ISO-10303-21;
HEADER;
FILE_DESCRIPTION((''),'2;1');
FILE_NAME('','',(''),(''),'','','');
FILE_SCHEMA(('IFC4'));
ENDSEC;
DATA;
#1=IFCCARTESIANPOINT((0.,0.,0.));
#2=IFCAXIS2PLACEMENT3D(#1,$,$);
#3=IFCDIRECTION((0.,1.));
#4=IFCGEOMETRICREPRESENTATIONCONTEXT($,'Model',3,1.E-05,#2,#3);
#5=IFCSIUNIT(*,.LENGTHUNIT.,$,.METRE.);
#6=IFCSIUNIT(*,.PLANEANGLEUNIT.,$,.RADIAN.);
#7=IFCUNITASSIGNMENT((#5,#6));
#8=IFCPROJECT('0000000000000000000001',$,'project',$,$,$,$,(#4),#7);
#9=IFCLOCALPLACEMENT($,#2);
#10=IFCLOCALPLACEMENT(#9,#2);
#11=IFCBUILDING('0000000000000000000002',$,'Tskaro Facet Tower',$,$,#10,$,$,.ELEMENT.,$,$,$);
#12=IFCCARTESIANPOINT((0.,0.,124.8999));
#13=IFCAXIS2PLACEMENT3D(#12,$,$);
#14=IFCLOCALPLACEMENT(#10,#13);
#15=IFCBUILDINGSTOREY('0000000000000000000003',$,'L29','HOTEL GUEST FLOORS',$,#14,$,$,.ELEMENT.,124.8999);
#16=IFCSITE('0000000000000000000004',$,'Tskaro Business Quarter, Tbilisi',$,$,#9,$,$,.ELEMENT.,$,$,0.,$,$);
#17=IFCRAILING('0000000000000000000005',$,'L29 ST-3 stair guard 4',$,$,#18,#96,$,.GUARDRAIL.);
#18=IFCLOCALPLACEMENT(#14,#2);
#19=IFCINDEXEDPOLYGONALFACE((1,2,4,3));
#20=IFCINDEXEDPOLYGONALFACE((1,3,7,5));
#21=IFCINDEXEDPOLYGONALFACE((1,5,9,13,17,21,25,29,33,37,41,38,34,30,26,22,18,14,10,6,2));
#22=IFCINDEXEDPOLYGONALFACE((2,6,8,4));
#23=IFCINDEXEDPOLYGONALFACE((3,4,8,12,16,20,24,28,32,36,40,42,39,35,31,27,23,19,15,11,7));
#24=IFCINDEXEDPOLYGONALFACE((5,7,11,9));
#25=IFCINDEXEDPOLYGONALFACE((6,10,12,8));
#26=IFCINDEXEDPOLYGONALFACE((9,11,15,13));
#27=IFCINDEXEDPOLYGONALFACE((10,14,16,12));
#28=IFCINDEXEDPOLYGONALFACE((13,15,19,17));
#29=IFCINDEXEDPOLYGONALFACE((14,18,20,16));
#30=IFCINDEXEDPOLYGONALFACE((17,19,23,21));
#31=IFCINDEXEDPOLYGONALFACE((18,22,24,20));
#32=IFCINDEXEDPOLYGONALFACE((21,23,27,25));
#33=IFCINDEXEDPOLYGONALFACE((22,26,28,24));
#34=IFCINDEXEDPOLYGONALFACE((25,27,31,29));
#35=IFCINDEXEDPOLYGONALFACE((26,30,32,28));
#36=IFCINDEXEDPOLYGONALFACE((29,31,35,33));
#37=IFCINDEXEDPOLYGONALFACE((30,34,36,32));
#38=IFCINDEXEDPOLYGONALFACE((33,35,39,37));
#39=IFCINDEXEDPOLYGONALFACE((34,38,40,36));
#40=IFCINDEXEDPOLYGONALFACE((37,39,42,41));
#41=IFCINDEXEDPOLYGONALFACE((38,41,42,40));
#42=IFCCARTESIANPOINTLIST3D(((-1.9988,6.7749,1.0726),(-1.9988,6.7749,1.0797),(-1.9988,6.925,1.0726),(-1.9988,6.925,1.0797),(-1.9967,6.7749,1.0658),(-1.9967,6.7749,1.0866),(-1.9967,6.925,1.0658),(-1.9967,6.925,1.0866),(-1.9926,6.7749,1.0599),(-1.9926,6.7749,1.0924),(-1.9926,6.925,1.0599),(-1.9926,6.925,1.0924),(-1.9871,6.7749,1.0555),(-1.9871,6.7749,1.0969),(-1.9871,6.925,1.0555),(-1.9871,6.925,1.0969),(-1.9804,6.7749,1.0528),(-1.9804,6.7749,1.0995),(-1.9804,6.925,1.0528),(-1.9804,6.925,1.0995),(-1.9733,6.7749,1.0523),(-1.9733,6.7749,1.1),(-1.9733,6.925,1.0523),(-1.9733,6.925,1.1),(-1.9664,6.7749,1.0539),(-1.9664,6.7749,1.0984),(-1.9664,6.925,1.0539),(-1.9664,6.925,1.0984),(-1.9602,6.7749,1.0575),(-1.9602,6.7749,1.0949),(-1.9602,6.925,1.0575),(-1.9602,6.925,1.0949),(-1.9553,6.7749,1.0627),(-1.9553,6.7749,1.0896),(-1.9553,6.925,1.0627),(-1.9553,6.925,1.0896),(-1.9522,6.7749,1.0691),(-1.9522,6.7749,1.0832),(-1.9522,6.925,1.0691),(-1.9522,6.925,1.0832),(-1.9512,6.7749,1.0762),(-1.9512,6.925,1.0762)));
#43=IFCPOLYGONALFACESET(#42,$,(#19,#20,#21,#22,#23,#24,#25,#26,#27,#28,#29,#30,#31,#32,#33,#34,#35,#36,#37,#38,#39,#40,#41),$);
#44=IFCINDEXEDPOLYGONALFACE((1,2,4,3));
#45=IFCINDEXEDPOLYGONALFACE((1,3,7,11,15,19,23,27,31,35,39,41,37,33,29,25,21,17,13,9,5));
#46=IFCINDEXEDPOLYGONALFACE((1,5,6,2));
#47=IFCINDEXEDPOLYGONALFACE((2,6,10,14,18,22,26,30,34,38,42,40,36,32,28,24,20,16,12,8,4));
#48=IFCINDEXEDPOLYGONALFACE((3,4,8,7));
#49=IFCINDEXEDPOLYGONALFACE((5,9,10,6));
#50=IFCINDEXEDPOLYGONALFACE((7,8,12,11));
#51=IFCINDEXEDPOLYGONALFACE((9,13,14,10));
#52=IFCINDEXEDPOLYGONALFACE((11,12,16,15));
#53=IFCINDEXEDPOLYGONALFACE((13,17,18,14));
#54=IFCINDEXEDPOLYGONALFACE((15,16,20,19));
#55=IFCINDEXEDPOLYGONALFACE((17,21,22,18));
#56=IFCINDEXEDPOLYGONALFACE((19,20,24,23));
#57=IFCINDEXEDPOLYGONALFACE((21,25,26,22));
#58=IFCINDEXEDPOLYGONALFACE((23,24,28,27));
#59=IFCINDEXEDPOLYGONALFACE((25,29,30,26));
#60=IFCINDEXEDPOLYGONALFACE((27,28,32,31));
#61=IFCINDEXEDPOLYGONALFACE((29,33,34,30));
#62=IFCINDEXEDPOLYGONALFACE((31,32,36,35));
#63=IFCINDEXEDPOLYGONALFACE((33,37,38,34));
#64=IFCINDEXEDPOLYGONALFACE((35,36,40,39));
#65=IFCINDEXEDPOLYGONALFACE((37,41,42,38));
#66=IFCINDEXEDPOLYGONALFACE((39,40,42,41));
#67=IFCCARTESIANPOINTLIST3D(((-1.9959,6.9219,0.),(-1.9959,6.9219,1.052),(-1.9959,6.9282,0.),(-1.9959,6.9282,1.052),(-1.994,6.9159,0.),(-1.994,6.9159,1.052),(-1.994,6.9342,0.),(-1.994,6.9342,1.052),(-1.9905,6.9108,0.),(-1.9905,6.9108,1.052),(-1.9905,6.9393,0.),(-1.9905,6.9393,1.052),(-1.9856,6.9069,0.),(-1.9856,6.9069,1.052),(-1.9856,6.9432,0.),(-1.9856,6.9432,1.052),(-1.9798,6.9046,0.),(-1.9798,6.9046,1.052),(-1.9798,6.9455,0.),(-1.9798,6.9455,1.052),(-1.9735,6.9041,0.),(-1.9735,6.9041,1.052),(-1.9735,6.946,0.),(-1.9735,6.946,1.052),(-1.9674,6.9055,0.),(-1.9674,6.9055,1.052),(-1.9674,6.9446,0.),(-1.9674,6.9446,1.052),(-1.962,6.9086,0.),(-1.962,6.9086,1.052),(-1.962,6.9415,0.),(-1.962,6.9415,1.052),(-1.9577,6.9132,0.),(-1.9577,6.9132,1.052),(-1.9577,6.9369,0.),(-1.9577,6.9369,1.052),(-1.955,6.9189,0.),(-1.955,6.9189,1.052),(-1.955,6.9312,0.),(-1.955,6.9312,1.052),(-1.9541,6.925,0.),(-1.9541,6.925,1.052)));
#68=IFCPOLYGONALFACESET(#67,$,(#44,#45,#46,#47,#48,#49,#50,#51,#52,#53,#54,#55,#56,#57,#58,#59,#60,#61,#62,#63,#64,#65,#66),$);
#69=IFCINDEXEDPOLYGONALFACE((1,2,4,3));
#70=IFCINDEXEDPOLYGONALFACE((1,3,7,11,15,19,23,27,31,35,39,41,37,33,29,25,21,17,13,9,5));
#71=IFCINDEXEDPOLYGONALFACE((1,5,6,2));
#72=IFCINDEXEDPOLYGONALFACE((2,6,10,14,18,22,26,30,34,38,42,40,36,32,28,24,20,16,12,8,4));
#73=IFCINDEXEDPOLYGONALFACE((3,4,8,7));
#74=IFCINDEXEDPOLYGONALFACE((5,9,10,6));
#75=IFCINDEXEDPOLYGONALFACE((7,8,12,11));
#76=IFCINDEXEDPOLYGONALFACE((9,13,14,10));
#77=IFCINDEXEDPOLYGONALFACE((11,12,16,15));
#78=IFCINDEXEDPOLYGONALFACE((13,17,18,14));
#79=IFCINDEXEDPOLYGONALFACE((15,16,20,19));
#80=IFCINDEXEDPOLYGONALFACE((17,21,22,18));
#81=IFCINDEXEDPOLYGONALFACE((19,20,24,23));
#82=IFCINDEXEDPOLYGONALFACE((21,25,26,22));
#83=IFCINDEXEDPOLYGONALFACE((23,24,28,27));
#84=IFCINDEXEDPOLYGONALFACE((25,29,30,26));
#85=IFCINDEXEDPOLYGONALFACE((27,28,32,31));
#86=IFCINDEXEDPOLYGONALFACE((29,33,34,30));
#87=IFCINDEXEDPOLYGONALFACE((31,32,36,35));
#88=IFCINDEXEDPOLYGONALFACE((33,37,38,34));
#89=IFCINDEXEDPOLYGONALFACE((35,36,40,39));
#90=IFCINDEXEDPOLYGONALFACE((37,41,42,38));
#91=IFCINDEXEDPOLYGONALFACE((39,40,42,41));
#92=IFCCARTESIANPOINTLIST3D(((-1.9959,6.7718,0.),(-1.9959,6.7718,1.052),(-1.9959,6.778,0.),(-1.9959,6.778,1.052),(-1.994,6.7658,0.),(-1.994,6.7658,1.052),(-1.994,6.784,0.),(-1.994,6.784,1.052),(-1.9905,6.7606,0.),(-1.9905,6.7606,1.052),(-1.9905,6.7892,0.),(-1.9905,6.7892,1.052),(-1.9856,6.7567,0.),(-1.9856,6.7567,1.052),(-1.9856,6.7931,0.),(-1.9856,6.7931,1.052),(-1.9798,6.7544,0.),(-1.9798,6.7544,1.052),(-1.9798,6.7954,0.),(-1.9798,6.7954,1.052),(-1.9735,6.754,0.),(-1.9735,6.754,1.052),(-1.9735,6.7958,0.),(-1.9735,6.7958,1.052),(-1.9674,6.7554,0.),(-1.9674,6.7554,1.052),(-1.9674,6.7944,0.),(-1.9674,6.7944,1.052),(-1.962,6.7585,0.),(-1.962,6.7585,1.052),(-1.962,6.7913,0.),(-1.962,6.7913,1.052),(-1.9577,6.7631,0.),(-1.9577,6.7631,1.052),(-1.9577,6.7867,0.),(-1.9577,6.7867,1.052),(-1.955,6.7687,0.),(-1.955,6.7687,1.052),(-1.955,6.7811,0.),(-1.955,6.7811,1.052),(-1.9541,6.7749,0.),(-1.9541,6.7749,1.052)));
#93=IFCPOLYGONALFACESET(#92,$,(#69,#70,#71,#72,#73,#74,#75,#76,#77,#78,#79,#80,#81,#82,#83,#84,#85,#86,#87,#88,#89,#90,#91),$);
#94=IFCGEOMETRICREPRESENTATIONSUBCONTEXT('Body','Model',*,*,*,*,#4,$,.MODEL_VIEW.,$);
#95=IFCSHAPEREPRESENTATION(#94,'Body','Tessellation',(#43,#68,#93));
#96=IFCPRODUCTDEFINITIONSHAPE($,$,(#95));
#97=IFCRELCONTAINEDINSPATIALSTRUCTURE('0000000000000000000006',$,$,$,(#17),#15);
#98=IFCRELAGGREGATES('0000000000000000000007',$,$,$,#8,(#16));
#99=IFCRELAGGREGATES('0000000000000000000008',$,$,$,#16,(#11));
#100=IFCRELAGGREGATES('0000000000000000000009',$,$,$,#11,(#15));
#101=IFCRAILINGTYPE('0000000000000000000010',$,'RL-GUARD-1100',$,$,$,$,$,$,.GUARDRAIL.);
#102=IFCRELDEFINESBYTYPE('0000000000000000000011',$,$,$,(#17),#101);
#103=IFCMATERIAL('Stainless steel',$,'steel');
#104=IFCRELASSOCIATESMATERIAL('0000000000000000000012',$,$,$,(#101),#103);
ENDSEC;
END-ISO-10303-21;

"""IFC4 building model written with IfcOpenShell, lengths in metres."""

from ifc_helpers import new_model, si_unit, direction, frame, origin, origin_2d, place, context, subcontext, project, spatial, circle, extrude, material, type_object, element, save


model = new_model("IFC4")

# Units and contexts
model_context = context("Model", 3, precision=1e-05, world=origin(), true_north=direction((0.0, 1.0)))
body_context = subcontext(model_context, "Body", "Model", "MODEL_VIEW")
ifc_project = project(units=[si_unit("LENGTHUNIT", "METRE"), si_unit("PLANEANGLEUNIT", "RADIAN")], contexts=[model_context])

# Site, building, storey
site_placement = place(None, origin())
site = spatial("IfcSite", under=ifc_project, at=site_placement, Name="Tskaro Business Quarter, Tbilisi", CompositionType="ELEMENT", RefElevation=0.0)
building_placement = place(site_placement, origin())
building = spatial("IfcBuilding", under=site, at=building_placement, Name="Tskaro Facet Tower", CompositionType="ELEMENT")
storey_placement = place(building_placement, frame((0.0, 0.0, 124.8999)))
storey = spatial("IfcBuildingStorey", under=building, at=storey_placement, Name="L29", Description="HOTEL GUEST FLOORS", CompositionType="ELEMENT", Elevation=124.8999)

# Railing
ifc_material_1 = material(Name="Stainless steel", Category="steel")
railing_type_1 = type_object("IfcRailingType", Name="RL-GUARD-1100", PredefinedType="GUARDRAIL", material=ifc_material_1)
railing_1_placement = place(storey_placement, frame((-1.9751, 6.925, 0.0)))
element("IfcRailing", 1, at=railing_1_placement, inside=storey, type_object=railing_type_1, Name="L29 ST-3 stair guard 4", PredefinedType="GUARDRAIL", context=body_context, shape_type="SweptSolid", body=[
    extrude(circle(Radius=0.0239, at=origin_2d()), frame((0.0, 0.0, 1.0762), z_axis=(0.0, -1.0, 0.0), x_axis=(1.0, 0.0, 0.0)), (0.0, 0.0, 1.0), 0.1501),
    extrude(circle(Radius=0.021, at=origin_2d()), origin(), (0.0, 0.0, 1.0), 1.052),
    extrude(circle(Radius=0.021, at=origin_2d()), frame((0.0, -0.1501, 0.0)), (0.0, 0.0, 1.0), 1.052),
])

save(model, "model.ifc")
